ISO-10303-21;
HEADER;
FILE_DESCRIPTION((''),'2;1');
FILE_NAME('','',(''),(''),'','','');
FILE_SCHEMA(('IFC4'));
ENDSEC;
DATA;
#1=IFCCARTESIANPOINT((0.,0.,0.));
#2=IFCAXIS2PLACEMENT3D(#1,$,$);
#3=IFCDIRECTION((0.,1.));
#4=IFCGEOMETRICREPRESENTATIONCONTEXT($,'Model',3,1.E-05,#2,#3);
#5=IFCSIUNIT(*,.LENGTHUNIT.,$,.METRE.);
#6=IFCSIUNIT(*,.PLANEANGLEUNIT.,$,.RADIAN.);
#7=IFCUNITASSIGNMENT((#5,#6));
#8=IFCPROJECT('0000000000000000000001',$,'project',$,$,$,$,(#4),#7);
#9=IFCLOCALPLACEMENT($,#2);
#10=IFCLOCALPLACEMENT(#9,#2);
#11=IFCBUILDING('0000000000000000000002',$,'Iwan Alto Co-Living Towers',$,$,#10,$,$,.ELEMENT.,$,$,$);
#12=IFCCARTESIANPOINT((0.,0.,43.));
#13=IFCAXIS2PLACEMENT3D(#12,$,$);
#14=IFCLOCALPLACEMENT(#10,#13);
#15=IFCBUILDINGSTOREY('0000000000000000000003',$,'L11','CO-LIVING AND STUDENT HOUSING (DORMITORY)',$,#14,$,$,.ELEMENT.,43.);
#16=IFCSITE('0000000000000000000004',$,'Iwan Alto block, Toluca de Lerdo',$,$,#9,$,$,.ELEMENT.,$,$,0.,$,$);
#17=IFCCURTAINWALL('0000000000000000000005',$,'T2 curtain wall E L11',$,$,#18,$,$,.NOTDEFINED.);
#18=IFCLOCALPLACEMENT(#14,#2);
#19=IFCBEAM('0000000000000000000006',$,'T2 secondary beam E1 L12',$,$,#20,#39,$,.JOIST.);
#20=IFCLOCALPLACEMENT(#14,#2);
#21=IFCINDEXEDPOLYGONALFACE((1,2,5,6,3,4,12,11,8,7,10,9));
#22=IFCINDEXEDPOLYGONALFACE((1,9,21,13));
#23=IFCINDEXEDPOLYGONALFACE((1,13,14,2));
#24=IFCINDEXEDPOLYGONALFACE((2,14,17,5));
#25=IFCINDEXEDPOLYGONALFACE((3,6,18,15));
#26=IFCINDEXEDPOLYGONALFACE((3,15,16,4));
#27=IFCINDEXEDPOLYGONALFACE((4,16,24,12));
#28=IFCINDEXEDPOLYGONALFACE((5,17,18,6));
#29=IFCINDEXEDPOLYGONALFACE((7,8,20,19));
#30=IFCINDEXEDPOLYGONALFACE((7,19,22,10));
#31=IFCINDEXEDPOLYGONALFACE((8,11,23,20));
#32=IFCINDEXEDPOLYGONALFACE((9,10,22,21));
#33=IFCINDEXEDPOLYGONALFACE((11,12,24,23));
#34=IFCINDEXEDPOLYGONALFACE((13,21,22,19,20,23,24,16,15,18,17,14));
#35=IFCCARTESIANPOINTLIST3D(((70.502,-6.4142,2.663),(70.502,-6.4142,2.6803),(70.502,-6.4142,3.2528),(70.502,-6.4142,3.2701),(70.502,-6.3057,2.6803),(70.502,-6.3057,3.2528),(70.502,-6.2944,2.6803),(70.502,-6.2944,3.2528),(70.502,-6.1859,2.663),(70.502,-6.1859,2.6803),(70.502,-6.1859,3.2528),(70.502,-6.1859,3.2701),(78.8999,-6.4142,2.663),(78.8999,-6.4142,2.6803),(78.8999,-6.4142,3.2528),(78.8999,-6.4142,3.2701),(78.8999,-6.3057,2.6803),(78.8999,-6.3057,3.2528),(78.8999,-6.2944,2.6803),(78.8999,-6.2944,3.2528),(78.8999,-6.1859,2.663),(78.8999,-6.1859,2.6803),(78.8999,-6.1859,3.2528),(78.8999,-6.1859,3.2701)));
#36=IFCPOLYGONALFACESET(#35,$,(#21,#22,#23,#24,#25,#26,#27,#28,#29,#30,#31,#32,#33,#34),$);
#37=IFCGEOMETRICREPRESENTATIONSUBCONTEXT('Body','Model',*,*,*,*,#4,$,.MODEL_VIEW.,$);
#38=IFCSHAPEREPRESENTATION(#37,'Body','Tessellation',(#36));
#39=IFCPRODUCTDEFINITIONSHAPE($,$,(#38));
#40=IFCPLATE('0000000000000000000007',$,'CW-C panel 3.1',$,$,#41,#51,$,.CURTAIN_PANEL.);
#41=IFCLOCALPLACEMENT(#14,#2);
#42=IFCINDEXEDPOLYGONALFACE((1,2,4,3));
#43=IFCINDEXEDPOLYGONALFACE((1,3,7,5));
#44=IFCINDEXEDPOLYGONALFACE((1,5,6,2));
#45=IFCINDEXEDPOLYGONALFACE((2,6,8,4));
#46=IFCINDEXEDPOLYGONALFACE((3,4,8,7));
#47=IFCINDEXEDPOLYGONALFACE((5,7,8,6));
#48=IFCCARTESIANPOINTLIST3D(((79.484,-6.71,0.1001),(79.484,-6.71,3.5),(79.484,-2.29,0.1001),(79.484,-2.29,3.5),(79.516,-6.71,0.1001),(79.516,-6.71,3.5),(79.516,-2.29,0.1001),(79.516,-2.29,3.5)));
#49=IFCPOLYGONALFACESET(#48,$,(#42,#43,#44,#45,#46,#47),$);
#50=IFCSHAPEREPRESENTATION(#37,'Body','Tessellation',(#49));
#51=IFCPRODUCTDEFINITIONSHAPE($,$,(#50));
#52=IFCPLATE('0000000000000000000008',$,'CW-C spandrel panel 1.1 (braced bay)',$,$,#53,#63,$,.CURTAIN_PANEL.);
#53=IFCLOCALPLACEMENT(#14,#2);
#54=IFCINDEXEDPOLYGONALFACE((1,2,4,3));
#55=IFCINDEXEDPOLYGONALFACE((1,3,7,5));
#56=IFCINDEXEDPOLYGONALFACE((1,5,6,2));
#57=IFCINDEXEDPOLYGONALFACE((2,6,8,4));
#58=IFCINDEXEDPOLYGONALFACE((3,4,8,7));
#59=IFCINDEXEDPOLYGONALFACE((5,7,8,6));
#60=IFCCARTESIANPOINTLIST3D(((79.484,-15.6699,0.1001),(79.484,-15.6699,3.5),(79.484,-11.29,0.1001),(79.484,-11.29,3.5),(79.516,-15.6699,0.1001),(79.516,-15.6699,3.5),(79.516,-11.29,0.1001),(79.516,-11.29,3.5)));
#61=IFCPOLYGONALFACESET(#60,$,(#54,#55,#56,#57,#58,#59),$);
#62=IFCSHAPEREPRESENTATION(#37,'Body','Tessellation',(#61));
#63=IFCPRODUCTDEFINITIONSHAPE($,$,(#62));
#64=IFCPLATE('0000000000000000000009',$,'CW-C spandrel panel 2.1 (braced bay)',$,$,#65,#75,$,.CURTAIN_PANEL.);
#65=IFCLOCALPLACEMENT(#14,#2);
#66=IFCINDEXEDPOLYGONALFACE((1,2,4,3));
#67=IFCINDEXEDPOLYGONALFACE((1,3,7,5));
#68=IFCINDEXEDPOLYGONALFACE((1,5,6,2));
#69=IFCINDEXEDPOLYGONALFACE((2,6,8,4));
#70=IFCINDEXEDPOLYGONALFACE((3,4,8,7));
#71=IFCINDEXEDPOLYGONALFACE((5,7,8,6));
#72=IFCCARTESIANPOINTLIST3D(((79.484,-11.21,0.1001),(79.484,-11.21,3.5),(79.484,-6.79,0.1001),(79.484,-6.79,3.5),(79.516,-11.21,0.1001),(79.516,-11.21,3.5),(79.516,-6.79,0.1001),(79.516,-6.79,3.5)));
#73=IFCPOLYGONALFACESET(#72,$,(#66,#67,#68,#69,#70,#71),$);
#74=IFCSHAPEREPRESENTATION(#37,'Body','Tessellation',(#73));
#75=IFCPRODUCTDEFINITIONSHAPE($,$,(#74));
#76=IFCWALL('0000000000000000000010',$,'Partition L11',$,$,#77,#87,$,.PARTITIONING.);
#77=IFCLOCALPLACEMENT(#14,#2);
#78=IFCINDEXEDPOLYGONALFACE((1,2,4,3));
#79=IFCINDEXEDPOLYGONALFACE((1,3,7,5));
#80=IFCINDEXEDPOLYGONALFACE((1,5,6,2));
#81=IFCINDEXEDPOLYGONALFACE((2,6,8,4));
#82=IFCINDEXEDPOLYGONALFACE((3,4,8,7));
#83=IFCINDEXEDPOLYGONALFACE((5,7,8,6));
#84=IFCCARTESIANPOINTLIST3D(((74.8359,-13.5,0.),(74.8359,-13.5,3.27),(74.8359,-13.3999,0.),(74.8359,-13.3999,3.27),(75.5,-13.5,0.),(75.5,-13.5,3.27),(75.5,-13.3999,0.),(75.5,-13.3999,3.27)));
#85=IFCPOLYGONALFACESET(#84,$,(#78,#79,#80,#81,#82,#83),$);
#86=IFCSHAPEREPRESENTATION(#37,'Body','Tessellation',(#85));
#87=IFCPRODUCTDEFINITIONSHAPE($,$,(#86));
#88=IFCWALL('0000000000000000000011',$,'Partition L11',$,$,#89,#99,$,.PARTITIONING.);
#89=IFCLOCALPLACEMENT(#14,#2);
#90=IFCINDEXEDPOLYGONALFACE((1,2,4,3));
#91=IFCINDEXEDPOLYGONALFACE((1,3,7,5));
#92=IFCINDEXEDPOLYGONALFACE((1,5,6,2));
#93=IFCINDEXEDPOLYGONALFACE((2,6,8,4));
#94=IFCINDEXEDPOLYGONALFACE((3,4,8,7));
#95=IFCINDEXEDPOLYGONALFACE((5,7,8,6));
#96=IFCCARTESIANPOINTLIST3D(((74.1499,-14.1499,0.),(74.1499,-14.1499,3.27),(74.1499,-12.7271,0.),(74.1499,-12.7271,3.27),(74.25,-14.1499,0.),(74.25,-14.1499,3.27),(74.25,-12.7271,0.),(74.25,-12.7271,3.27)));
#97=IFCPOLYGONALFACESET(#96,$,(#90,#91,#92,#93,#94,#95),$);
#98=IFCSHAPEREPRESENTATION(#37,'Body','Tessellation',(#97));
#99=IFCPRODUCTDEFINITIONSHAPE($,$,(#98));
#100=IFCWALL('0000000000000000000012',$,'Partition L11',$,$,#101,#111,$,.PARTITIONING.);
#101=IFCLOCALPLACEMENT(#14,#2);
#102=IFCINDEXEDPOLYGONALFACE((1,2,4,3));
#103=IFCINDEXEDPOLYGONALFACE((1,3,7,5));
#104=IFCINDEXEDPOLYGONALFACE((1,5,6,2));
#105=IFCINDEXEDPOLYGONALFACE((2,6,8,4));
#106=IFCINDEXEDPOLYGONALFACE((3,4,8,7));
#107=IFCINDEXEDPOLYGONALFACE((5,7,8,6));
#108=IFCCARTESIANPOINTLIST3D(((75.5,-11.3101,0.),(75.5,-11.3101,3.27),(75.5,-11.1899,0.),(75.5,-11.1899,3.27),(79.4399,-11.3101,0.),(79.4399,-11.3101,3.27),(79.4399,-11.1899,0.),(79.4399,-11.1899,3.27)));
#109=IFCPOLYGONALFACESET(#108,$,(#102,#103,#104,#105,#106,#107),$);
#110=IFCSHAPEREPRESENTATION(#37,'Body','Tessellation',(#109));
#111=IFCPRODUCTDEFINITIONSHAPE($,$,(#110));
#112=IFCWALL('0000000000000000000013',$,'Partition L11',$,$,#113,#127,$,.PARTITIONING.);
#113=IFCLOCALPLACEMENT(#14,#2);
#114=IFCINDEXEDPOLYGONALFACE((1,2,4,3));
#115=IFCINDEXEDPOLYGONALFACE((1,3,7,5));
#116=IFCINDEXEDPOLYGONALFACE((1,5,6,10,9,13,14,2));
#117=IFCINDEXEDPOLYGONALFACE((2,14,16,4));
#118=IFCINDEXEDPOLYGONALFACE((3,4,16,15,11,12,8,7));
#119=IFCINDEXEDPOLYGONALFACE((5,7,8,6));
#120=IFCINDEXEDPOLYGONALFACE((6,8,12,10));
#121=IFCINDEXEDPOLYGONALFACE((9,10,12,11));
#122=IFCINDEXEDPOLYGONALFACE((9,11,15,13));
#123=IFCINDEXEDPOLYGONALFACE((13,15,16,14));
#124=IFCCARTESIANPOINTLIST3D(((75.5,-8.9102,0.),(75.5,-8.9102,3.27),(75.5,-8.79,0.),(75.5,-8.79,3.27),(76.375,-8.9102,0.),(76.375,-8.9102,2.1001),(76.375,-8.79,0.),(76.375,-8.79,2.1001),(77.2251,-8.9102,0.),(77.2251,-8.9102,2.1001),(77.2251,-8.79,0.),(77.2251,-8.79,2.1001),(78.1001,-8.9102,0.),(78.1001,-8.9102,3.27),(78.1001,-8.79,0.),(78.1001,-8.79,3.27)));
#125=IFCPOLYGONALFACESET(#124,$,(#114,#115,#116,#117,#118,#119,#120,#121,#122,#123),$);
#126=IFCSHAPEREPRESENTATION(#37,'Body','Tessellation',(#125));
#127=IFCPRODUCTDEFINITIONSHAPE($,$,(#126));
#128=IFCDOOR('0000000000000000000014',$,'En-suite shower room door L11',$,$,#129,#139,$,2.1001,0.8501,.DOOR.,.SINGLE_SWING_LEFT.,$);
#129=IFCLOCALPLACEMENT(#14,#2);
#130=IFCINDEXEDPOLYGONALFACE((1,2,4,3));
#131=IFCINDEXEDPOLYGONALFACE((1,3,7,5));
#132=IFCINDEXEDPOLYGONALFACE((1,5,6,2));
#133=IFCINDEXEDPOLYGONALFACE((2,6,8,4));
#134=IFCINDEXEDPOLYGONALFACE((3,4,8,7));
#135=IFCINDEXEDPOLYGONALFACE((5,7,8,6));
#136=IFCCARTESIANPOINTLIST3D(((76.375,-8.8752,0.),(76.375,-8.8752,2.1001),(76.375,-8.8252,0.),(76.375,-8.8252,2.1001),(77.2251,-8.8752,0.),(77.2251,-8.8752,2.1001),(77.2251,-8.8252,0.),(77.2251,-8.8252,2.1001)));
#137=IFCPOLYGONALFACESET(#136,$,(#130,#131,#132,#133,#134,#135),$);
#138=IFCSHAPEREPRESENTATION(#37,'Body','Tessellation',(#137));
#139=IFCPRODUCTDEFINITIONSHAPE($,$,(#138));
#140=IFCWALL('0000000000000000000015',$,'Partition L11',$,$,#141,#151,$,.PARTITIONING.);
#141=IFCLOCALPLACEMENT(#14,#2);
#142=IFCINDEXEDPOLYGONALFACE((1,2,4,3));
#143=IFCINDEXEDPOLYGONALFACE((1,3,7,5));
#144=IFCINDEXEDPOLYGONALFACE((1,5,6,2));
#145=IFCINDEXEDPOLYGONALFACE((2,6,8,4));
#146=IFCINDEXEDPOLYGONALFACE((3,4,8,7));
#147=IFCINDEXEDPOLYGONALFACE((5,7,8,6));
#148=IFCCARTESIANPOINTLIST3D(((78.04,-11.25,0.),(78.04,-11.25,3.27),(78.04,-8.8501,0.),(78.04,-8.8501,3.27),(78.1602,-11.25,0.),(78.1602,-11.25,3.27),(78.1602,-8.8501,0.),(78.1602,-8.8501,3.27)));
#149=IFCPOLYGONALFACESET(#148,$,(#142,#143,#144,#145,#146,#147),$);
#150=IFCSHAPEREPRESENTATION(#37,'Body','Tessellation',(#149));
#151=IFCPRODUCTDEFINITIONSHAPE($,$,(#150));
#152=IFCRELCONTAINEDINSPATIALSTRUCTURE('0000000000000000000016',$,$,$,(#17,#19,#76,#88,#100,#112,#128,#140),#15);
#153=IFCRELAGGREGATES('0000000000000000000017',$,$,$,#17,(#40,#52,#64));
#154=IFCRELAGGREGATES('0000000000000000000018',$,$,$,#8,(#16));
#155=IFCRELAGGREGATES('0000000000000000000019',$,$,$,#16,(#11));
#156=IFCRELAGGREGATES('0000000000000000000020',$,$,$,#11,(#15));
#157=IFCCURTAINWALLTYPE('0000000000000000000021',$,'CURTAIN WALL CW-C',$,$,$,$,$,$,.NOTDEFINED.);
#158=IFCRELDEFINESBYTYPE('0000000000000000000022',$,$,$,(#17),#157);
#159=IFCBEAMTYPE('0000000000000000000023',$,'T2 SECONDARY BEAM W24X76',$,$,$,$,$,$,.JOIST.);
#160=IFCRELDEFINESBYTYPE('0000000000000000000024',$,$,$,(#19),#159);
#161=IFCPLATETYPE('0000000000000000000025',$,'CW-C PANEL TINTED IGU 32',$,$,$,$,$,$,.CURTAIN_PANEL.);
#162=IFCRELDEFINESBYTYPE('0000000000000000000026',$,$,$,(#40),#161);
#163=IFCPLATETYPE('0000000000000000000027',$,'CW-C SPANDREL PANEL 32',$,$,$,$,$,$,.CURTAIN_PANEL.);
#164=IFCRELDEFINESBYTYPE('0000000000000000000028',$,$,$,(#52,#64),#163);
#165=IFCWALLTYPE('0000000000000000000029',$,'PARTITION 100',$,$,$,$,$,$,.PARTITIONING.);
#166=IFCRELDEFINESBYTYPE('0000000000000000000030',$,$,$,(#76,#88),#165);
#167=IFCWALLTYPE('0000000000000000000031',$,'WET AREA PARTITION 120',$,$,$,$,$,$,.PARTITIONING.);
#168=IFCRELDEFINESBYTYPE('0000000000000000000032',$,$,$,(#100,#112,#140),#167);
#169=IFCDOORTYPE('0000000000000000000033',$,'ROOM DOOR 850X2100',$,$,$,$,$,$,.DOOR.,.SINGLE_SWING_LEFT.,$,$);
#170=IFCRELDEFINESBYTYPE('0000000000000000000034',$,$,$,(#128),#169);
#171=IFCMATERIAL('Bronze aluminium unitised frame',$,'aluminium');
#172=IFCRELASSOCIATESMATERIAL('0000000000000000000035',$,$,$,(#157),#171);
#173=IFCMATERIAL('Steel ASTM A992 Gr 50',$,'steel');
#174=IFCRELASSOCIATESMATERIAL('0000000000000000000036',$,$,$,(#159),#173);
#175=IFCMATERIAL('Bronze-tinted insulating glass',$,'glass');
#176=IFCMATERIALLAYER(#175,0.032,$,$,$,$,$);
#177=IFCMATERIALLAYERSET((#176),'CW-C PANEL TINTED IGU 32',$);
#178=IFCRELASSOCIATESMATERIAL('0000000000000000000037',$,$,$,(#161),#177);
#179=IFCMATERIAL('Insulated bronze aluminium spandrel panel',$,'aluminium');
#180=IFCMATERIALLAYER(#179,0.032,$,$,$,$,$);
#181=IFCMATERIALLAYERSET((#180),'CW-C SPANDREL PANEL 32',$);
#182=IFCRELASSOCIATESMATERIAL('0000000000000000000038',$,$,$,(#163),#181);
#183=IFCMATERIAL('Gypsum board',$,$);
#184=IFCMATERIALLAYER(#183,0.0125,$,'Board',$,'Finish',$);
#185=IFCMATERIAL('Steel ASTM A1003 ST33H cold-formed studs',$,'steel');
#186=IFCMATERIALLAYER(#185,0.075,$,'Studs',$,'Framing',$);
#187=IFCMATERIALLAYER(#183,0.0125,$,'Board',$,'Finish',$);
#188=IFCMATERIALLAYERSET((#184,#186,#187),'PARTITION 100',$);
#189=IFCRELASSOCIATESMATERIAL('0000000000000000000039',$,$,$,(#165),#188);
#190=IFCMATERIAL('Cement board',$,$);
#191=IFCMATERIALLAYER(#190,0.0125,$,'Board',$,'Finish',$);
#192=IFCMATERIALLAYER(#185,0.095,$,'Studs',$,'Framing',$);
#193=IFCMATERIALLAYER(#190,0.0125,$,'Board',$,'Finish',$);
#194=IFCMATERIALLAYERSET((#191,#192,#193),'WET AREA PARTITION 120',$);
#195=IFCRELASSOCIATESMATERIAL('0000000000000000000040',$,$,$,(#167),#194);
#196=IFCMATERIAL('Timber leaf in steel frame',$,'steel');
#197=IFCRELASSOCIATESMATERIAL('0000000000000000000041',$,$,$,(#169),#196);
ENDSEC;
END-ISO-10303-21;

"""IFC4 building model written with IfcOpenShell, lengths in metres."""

from ifc_helpers import new_model, si_unit, direction, frame, frame_2d, origin, origin_2d, place, context, subcontext, project, spatial, rectangle, i_section, extrude, material, layer, layer_set, material_profile, profile_set, type_object, element, fill, aggregate, save


model = new_model("IFC4")

# Units and contexts
model_context = context("Model", 3, precision=1e-05, world=origin(), true_north=direction((0.0, 1.0)))
body_context = subcontext(model_context, "Body", "Model", "MODEL_VIEW")
ifc_project = project(units=[si_unit("LENGTHUNIT", "METRE"), si_unit("PLANEANGLEUNIT", "RADIAN")], contexts=[model_context])

# Site, building, storey
site_placement = place(None, origin())
site = spatial("IfcSite", under=ifc_project, at=site_placement, Name="Iwan Alto block, Toluca de Lerdo", CompositionType="ELEMENT", RefElevation=0.0)
building_placement = place(site_placement, origin())
building = spatial("IfcBuilding", under=site, at=building_placement, Name="Iwan Alto Co-Living Towers", CompositionType="ELEMENT")
storey_placement = place(building_placement, frame((0.0, 0.0, 43.0)))
storey = spatial("IfcBuildingStorey", under=building, at=storey_placement, Name="L11", Description="CO-LIVING AND STUDENT HOUSING (DORMITORY)", CompositionType="ELEMENT", Elevation=43.0)

# Curtain wall
ifc_material_1 = material(Name="Bronze aluminium unitised frame", Category="aluminium")
curtain_wall_type = type_object("IfcCurtainWallType", Name="CURTAIN WALL CW-C", PredefinedType="NOTDEFINED", material=ifc_material_1)
curtain_wall_placement = place(storey_placement, origin())
curtain_wall = element("IfcCurtainWall", 1, at=curtain_wall_placement, inside=storey, type_object=curtain_wall_type, Name="T2 curtain wall E L11", PredefinedType="NOTDEFINED")

# Beam
ifc_material_2 = material(Name="Steel ASTM A992 Gr 50", Category="steel")
ifc_material_profile_1 = material_profile(ifc_material_2, i_section(OverallWidth=0.2283, OverallDepth=0.6072, WebThickness=0.0112, FlangeThickness=0.0173, at=origin_2d()), Name="W24X76")
ifc_profile_set_1 = profile_set([ifc_material_profile_1], Name="Steel ASTM A992 Gr 50")
beam_type_1 = type_object("IfcBeamType", Name="T2 SECONDARY BEAM W24X76", PredefinedType="JOIST", material=ifc_profile_set_1)
beam_1_placement = place(storey_placement, frame((78.8999, -6.3, 2.9666), z_axis=(-1.0, 0.0, 0.0), x_axis=(0.0, -1.0, 0.0)))
element("IfcBeam", 2, at=beam_1_placement, inside=storey, type_object=beam_type_1, Name="T2 secondary beam E1 L12", PredefinedType="JOIST", context=body_context, shape_type="SweptSolid", body=[
    extrude(i_section(OverallWidth=0.2283, OverallDepth=0.6072, WebThickness=0.0112, FlangeThickness=0.0173, at=origin_2d()), origin(), (0.0, 0.0, 1.0), 8.3979),
])

# Plates
ifc_material_3 = material(Name="Bronze-tinted insulating glass", Category="glass")
ifc_layer_1 = layer(ifc_material_3, 0.032)
ifc_layer_set_1 = layer_set([ifc_layer_1], Name="CW-C PANEL TINTED IGU 32")
plate_type_1 = type_object("IfcPlateType", Name="CW-C PANEL TINTED IGU 32", PredefinedType="CURTAIN_PANEL", material=ifc_layer_set_1)
plate_1_placement = place(storey_placement, frame((79.5, -4.5, 0.1001), z_axis=(0.0, 0.0, 1.0), x_axis=(0.0, 1.0, 0.0)))
plate_1 = element("IfcPlate", 3, at=plate_1_placement, type_object=plate_type_1, Name="CW-C panel 3.1", PredefinedType="CURTAIN_PANEL", context=body_context, shape_type="SweptSolid", body=[
    extrude(rectangle(XDim=4.4199, YDim=0.032, at=origin_2d()), origin(), (0.0, 0.0, 1.0), 3.3999),
])
ifc_material_4 = material(Name="Insulated bronze aluminium spandrel panel", Category="aluminium")
ifc_layer_2 = layer(ifc_material_4, 0.032)
ifc_layer_set_2 = layer_set([ifc_layer_2], Name="CW-C SPANDREL PANEL 32")
plate_type_2 = type_object("IfcPlateType", Name="CW-C SPANDREL PANEL 32", PredefinedType="CURTAIN_PANEL", material=ifc_layer_set_2)
plate_2_placement = place(storey_placement, frame((79.5, -13.48, 0.1001), z_axis=(0.0, 0.0, 1.0), x_axis=(0.0, 1.0, 0.0)))
plate_2 = element("IfcPlate", 4, at=plate_2_placement, type_object=plate_type_2, Name="CW-C spandrel panel 1.1 (braced bay)", PredefinedType="CURTAIN_PANEL", context=body_context, shape_type="SweptSolid", body=[
    extrude(rectangle(XDim=4.3799, YDim=0.032, at=origin_2d()), origin(), (0.0, 0.0, 1.0), 3.3999),
])
plate_3_placement = place(storey_placement, frame((79.5, -9.0, 0.1001), z_axis=(0.0, 0.0, 1.0), x_axis=(0.0, 1.0, 0.0)))
plate_3 = element("IfcPlate", 5, at=plate_3_placement, type_object=plate_type_2, Name="CW-C spandrel panel 2.1 (braced bay)", PredefinedType="CURTAIN_PANEL", context=body_context, shape_type="SweptSolid", body=[
    extrude(rectangle(XDim=4.4199, YDim=0.032, at=origin_2d()), origin(), (0.0, 0.0, 1.0), 3.3999),
])
aggregate(curtain_wall, [plate_1, plate_2, plate_3])

# Walls
ifc_material_5 = material(Name="Gypsum board")
ifc_layer_3 = layer(ifc_material_5, 0.0125, Name="Board", Category="Finish")
ifc_material_6 = material(Name="Steel ASTM A1003 ST33H cold-formed studs", Category="steel")
ifc_layer_4 = layer(ifc_material_6, 0.075, Name="Studs", Category="Framing")
ifc_layer_5 = layer(ifc_material_5, 0.0125, Name="Board", Category="Finish")
ifc_layer_set_3 = layer_set([ifc_layer_3, ifc_layer_4, ifc_layer_5], Name="PARTITION 100")
wall_type_1 = type_object("IfcWallType", Name="PARTITION 100", PredefinedType="PARTITIONING", material=ifc_layer_set_3)
wall_1_placement = place(storey_placement, frame((74.8359, -13.45, 0.0), z_axis=(0.0, 0.0, 1.0), x_axis=(1.0, 0.0, 0.0)))
element("IfcWall", 6, at=wall_1_placement, inside=storey, type_object=wall_type_1, Name="Partition L11", PredefinedType="PARTITIONING", context=body_context, shape_type="SweptSolid", body=[
    extrude(rectangle(XDim=0.6641, YDim=0.1001, at=frame_2d((0.332, 0.0))), origin(), (0.0, 0.0, 1.0), 3.27),
])
wall_2_placement = place(storey_placement, frame((74.2, -14.1499, 0.0), z_axis=(0.0, 0.0, 1.0), x_axis=(0.0, 1.0, 0.0)))
element("IfcWall", 7, at=wall_2_placement, inside=storey, type_object=wall_type_1, Name="Partition L11", PredefinedType="PARTITIONING", context=body_context, shape_type="SweptSolid", body=[
    extrude(rectangle(XDim=1.4229, YDim=0.1001, at=frame_2d((0.7114, 0.0))), origin(), (0.0, 0.0, 1.0), 3.27),
])
ifc_material_7 = material(Name="Cement board")
ifc_layer_6 = layer(ifc_material_7, 0.0125, Name="Board", Category="Finish")
ifc_layer_7 = layer(ifc_material_6, 0.095, Name="Studs", Category="Framing")
ifc_layer_8 = layer(ifc_material_7, 0.0125, Name="Board", Category="Finish")
ifc_layer_set_4 = layer_set([ifc_layer_6, ifc_layer_7, ifc_layer_8], Name="WET AREA PARTITION 120")
wall_type_2 = type_object("IfcWallType", Name="WET AREA PARTITION 120", PredefinedType="PARTITIONING", material=ifc_layer_set_4)
wall_3_placement = place(storey_placement, frame((75.5, -11.25, 0.0), z_axis=(0.0, 0.0, 1.0), x_axis=(1.0, 0.0, 0.0)))
element("IfcWall", 8, at=wall_3_placement, inside=storey, type_object=wall_type_2, Name="Partition L11", PredefinedType="PARTITIONING", context=body_context, shape_type="SweptSolid", body=[
    extrude(rectangle(XDim=3.9399, YDim=0.1201, at=frame_2d((1.97, 0.0))), origin(), (0.0, 0.0, 1.0), 3.27),
])

# Wall, opening, door
wall_4_placement = place(storey_placement, frame((75.5, -8.8501, 0.0), z_axis=(0.0, 0.0, 1.0), x_axis=(1.0, 0.0, 0.0)))
wall_4 = element("IfcWall", 9, at=wall_4_placement, inside=storey, type_object=wall_type_2, Name="Partition L11", PredefinedType="PARTITIONING", context=body_context, shape_type="SweptSolid", body=[
    extrude(rectangle(XDim=2.6001, YDim=0.1201, at=frame_2d((1.3, 0.0))), origin(), (0.0, 0.0, 1.0), 3.27),
])
opening_1_placement = place(wall_4_placement, frame((0.875, 0.0, 0.0)))
opening_1 = element("IfcOpeningElement", 10, at=opening_1_placement, cuts=wall_4, PredefinedType="OPENING", context=body_context, shape_type="SweptSolid", body=[
    extrude(rectangle(XDim=0.8501, YDim=2.1001, at=frame_2d((0.425, 1.05))), frame((0.0, 0.0701, 0.0), z_axis=(0.0, -1.0, 0.0), x_axis=(1.0, 0.0, 0.0)), (0.0, 0.0, 1.0), 0.1401),
])
ifc_material_8 = material(Name="Timber leaf in steel frame", Category="steel")
door_type = type_object("IfcDoorType", Name="ROOM DOOR 850X2100", OperationType="SINGLE_SWING_LEFT", PredefinedType="DOOR", material=ifc_material_8)
door_1_placement = place(opening_1_placement, origin())
door_1 = element("IfcDoor", 11, at=door_1_placement, inside=storey, type_object=door_type, Name="En-suite shower room door L11", OperationType="SINGLE_SWING_LEFT", OverallHeight=2.1001, OverallWidth=0.8501, PredefinedType="DOOR", context=body_context, shape_type="SweptSolid", body=[
    extrude(rectangle(XDim=0.8501, YDim=2.1001, at=frame_2d((0.425, 1.05))), frame((0.0, 0.0249, 0.0), z_axis=(0.0, -1.0, 0.0), x_axis=(1.0, 0.0, 0.0)), (0.0, 0.0, 1.0), 0.05),
])
fill(opening_1, door_1)

# Wall
wall_5_placement = place(storey_placement, frame((78.1001, -11.25, 0.0), z_axis=(0.0, 0.0, 1.0), x_axis=(0.0, 1.0, 0.0)))
element("IfcWall", 12, at=wall_5_placement, inside=storey, type_object=wall_type_2, Name="Partition L11", PredefinedType="PARTITIONING", context=body_context, shape_type="SweptSolid", body=[
    extrude(rectangle(XDim=2.3999, YDim=0.1201, at=frame_2d((1.2, 0.0))), origin(), (0.0, 0.0, 1.0), 3.27),
])

save(model, "model.ifc")
